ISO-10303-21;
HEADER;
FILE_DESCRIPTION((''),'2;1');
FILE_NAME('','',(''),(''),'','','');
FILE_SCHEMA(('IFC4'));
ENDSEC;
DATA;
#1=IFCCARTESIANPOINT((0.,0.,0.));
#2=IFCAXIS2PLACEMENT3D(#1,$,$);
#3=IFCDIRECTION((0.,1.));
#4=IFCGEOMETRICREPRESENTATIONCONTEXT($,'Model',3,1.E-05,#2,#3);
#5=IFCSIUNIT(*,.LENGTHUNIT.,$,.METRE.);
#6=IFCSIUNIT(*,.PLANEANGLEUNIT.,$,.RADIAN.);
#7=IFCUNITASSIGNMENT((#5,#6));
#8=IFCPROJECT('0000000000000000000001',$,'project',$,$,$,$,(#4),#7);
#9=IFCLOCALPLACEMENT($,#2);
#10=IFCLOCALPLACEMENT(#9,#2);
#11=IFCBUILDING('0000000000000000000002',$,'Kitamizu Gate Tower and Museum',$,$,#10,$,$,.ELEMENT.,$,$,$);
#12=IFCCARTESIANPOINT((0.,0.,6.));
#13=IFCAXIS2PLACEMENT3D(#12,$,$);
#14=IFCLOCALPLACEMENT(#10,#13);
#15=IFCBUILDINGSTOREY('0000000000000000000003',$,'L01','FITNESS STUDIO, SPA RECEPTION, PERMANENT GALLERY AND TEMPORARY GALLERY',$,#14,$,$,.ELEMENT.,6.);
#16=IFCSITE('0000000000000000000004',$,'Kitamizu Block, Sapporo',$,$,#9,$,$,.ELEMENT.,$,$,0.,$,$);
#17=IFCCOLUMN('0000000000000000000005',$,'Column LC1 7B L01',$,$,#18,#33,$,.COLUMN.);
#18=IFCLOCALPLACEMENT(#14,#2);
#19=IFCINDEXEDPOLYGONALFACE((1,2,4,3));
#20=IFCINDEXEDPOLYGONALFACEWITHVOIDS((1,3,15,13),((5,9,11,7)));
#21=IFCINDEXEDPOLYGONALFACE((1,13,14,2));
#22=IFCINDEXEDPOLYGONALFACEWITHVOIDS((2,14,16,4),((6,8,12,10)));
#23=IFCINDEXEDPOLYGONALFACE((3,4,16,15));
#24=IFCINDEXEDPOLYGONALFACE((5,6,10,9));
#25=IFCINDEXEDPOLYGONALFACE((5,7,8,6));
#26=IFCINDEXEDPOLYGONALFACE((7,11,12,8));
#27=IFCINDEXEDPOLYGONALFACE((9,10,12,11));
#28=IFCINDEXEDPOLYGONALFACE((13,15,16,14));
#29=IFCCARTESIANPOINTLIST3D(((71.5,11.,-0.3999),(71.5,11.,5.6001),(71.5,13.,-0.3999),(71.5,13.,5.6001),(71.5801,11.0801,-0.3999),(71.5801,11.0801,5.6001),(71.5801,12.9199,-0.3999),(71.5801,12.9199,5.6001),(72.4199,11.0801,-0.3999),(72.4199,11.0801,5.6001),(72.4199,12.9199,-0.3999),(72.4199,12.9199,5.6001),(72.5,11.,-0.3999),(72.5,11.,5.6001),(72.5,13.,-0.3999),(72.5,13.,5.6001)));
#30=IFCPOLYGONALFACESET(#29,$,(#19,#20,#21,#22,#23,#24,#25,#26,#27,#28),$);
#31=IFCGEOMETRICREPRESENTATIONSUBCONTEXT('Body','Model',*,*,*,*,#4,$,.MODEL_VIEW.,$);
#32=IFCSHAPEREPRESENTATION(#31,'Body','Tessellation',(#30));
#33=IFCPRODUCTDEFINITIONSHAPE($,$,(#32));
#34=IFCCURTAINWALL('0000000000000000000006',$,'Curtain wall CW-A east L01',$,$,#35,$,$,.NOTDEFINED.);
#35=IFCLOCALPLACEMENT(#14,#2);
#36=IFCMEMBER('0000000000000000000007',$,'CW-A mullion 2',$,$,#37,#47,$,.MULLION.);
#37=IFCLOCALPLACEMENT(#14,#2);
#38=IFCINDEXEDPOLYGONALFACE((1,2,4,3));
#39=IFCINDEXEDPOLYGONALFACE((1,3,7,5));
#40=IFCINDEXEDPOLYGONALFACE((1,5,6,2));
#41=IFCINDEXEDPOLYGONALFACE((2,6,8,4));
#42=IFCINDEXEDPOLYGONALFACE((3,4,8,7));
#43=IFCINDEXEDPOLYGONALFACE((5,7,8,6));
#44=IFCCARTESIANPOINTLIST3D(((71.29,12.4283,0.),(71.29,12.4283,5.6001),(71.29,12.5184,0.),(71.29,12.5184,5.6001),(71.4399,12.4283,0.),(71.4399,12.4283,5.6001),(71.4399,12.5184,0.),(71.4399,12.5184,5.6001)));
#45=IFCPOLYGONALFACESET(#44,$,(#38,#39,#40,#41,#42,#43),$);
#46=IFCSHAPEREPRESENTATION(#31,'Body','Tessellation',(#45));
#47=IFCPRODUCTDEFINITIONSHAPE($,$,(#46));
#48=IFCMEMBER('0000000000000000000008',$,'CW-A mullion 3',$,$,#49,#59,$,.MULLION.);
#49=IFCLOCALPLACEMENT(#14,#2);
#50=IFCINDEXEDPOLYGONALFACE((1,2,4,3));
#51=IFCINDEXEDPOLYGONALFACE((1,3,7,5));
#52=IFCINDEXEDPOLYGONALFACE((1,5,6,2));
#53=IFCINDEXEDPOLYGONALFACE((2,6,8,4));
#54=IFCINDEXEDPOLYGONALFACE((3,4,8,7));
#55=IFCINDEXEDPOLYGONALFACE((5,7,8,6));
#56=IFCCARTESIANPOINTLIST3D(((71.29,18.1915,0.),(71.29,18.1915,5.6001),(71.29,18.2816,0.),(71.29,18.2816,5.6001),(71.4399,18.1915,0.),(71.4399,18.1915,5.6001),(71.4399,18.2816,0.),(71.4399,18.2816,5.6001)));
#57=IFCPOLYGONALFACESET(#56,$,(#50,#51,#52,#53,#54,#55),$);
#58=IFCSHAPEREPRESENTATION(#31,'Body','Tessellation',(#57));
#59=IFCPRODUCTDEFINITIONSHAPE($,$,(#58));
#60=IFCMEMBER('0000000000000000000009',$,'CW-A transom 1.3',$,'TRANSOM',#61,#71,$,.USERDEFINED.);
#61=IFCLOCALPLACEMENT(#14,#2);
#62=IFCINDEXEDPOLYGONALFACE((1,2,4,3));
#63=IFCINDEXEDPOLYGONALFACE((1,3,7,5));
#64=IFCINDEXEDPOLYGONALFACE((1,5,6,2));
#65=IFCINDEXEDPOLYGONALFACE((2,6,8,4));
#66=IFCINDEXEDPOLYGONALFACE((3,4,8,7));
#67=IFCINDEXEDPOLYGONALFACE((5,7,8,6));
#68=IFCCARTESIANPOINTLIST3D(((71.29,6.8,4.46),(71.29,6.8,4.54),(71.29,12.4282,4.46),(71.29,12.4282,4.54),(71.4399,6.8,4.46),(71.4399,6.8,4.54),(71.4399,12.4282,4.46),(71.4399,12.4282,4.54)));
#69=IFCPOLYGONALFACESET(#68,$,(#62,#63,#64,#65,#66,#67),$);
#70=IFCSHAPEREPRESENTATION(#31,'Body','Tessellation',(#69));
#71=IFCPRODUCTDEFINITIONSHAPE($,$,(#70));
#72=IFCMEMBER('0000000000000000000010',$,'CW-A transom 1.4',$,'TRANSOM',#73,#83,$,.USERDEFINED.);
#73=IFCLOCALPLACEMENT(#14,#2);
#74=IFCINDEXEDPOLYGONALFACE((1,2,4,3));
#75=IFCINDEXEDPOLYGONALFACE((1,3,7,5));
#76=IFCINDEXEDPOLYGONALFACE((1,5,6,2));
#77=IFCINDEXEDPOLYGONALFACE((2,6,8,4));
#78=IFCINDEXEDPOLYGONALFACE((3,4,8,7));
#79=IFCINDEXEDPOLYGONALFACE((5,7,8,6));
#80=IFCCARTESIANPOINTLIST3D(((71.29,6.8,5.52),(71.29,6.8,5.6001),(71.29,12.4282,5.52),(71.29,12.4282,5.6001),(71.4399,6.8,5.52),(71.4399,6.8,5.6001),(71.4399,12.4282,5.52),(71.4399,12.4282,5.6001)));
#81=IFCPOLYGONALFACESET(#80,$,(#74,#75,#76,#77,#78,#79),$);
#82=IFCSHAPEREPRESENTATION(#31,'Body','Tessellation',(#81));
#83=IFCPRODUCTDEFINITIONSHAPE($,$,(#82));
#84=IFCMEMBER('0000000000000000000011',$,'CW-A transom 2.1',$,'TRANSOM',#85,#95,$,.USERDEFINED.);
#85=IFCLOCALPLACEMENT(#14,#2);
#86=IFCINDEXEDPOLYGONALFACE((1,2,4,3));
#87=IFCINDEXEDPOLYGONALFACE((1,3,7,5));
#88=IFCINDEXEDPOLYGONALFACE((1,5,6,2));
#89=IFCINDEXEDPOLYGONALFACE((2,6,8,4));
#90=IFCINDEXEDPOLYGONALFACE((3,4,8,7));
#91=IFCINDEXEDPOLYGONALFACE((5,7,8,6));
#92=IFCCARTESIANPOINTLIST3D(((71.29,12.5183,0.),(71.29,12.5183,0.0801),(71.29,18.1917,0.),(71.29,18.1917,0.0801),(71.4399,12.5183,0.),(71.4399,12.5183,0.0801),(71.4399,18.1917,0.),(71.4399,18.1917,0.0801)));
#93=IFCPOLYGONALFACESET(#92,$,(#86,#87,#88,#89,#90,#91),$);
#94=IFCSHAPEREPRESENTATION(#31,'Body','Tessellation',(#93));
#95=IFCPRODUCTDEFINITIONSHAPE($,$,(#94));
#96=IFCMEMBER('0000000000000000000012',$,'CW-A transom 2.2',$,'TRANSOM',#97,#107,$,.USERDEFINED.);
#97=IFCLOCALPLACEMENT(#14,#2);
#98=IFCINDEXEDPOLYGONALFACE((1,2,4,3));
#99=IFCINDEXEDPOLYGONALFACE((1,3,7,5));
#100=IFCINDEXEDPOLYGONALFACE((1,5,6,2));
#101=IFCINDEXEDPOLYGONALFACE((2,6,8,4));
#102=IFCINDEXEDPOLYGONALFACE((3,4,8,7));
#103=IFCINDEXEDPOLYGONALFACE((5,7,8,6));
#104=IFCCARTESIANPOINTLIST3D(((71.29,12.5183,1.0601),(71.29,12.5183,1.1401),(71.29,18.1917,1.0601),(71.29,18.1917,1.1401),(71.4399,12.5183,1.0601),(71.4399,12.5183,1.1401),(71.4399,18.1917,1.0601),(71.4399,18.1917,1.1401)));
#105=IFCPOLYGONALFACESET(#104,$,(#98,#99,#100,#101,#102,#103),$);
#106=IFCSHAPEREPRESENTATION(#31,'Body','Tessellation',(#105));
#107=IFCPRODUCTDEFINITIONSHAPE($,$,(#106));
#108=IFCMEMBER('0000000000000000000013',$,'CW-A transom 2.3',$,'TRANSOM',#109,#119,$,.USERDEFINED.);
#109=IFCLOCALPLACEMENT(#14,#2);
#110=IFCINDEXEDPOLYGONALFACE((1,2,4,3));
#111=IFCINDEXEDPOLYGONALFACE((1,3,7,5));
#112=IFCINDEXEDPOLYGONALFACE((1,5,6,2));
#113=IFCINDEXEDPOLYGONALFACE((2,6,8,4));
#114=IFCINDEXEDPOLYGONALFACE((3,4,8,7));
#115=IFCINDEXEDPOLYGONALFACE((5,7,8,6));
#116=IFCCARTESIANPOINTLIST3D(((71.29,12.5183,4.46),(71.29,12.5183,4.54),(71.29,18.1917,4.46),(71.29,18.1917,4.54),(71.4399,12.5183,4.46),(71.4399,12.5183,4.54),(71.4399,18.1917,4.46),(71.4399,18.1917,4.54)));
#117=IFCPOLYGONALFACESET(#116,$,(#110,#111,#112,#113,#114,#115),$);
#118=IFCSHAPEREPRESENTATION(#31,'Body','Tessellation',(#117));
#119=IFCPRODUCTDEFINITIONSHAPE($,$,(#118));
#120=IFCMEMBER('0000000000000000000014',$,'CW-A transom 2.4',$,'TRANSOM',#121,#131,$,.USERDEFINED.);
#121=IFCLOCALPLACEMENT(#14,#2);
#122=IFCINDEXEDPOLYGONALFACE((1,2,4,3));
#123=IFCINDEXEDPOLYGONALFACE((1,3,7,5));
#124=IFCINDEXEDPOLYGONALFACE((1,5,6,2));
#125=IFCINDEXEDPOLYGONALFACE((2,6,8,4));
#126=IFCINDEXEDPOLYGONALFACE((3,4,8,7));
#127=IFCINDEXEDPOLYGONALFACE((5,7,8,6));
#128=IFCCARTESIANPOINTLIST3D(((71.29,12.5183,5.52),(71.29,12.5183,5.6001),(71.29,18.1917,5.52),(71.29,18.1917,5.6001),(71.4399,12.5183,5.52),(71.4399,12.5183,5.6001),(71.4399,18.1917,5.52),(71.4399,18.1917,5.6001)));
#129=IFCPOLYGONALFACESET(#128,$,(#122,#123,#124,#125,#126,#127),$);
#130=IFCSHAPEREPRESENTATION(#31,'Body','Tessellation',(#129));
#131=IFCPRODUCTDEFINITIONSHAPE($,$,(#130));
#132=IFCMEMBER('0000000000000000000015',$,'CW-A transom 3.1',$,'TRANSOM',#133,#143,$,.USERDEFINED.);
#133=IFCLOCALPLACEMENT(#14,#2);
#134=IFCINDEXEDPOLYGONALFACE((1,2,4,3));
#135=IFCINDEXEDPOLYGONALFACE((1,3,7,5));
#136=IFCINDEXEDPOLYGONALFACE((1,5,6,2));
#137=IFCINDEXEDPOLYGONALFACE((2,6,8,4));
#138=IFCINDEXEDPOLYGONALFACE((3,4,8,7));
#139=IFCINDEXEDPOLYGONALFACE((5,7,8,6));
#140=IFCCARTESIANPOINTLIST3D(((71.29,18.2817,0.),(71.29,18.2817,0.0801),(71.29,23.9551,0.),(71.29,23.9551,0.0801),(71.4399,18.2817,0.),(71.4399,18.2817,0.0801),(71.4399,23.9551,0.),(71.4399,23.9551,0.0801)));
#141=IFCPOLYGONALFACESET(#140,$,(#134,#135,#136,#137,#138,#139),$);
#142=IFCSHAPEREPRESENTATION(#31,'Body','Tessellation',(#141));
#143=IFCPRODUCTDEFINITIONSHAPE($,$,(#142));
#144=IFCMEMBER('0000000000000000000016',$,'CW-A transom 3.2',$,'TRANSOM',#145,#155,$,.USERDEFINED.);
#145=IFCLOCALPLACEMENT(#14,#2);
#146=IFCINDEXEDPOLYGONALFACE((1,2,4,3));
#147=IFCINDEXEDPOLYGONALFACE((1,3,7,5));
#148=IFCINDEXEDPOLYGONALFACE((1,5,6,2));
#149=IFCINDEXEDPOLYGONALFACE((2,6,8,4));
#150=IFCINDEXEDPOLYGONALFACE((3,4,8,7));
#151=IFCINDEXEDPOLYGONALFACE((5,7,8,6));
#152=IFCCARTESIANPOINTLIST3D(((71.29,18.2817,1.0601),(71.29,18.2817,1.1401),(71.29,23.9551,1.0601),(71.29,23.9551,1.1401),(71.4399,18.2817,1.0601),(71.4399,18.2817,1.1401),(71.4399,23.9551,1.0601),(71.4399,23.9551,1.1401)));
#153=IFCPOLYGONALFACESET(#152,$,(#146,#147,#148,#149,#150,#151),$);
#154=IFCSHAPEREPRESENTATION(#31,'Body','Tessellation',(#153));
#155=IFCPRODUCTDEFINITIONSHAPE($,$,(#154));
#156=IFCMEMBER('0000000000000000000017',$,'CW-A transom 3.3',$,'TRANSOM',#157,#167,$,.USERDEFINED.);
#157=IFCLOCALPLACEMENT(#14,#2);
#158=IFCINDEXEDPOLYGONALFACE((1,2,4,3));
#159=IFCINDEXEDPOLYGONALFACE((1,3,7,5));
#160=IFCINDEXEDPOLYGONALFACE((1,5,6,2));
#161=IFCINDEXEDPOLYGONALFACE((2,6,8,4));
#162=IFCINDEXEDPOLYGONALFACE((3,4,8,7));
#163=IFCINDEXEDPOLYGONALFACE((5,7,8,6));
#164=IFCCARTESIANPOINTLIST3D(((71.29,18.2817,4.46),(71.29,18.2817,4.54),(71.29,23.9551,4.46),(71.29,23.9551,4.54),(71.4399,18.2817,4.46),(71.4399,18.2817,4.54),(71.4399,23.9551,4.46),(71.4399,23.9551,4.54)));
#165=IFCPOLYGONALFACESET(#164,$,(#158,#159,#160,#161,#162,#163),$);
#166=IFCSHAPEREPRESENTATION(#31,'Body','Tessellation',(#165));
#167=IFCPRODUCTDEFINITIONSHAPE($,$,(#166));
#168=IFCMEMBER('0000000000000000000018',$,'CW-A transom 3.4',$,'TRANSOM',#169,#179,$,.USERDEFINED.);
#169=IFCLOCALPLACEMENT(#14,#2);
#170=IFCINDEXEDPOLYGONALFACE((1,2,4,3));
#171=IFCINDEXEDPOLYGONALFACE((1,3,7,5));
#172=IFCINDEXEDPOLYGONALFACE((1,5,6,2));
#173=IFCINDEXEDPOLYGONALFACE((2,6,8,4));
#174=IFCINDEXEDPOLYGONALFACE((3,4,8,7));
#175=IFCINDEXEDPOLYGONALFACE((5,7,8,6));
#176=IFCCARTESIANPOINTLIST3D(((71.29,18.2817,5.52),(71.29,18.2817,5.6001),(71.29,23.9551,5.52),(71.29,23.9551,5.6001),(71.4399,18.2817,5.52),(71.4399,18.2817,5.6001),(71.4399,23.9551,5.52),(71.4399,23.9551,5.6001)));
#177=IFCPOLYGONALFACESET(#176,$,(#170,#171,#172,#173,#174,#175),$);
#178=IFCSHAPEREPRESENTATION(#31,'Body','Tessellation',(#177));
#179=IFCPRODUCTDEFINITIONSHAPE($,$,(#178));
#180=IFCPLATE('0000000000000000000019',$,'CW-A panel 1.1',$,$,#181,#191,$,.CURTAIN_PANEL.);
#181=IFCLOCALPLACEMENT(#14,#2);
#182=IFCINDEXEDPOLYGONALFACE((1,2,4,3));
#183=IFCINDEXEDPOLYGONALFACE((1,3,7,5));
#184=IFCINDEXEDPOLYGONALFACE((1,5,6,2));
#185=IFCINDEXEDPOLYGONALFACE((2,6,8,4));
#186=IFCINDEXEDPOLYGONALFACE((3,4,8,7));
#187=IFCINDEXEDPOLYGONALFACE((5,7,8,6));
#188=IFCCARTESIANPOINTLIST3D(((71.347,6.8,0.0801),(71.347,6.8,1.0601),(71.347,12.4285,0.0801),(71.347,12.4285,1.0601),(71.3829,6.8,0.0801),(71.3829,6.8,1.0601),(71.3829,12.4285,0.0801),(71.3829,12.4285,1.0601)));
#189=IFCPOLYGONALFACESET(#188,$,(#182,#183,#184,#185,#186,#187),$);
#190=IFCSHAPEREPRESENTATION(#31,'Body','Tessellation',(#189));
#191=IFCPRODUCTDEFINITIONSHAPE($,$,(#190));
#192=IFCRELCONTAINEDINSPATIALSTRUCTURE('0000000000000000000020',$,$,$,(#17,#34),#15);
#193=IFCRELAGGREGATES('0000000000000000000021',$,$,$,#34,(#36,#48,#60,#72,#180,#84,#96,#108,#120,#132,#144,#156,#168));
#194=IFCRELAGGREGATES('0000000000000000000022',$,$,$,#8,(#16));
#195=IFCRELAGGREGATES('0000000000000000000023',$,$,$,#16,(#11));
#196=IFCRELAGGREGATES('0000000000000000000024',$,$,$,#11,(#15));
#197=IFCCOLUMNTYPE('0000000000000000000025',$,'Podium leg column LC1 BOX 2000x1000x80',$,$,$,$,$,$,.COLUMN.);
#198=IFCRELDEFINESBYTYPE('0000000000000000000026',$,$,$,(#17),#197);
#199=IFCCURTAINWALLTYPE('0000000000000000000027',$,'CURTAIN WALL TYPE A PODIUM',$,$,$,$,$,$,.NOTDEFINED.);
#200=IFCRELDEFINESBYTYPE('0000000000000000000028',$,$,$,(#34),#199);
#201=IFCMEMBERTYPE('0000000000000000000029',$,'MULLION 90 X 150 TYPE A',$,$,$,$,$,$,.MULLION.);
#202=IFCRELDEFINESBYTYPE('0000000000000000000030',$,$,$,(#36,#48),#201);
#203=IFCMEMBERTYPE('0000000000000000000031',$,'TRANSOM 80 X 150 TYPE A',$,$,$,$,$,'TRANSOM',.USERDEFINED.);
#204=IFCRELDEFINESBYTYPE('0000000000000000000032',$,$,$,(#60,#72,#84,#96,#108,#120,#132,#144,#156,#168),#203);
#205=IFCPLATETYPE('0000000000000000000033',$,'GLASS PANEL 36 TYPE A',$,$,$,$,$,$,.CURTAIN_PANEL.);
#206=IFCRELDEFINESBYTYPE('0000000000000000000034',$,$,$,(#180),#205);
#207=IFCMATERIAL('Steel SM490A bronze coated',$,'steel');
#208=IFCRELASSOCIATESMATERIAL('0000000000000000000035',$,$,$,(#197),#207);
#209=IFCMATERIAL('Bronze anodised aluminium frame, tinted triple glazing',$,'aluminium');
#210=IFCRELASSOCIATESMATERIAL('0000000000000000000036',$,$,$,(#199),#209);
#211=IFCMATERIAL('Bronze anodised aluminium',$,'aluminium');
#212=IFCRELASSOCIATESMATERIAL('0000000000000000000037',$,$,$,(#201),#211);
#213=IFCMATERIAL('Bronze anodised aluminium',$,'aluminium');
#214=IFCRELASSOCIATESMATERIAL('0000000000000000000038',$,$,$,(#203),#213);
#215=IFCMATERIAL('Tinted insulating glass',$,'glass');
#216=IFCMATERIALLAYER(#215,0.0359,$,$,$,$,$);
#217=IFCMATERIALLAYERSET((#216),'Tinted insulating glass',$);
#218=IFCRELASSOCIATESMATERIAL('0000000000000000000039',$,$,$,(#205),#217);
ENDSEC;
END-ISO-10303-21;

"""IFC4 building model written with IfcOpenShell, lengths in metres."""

from ifc_helpers import new_model, si_unit, direction, frame, origin, origin_2d, place, context, subcontext, project, spatial, rectangle, hollow_rectangle, extrude, material, layer, layer_set, material_profile, profile_set, type_object, element, aggregate, save


model = new_model("IFC4")

# Units and contexts
model_context = context("Model", 3, precision=1e-05, world=origin(), true_north=direction((0.0, 1.0)))
body_context = subcontext(model_context, "Body", "Model", "MODEL_VIEW")
ifc_project = project(units=[si_unit("LENGTHUNIT", "METRE"), si_unit("PLANEANGLEUNIT", "RADIAN")], contexts=[model_context])

# Site, building, storey
site_placement = place(None, origin())
site = spatial("IfcSite", under=ifc_project, at=site_placement, Name="Kitamizu Block, Sapporo", CompositionType="ELEMENT", RefElevation=0.0)
building_placement = place(site_placement, origin())
building = spatial("IfcBuilding", under=site, at=building_placement, Name="Kitamizu Gate Tower and Museum", CompositionType="ELEMENT")
storey_placement = place(building_placement, frame((0.0, 0.0, 6.0)))
storey = spatial("IfcBuildingStorey", under=building, at=storey_placement, Name="L01", Description="FITNESS STUDIO, SPA RECEPTION, PERMANENT GALLERY AND TEMPORARY GALLERY", CompositionType="ELEMENT", Elevation=6.0)

# Column
ifc_material_1 = material(Name="Steel SM490A bronze coated", Category="steel")
ifc_material_profile_1 = material_profile(ifc_material_1, hollow_rectangle(XDim=2.0, YDim=1.0, WallThickness=0.0801, at=origin_2d()), Name="BOX 2000x1000x80")
ifc_profile_set_1 = profile_set([ifc_material_profile_1], Name="Steel SM490A bronze coated")
column_type = type_object("IfcColumnType", Name="Podium leg column LC1 BOX 2000x1000x80", PredefinedType="COLUMN", material=ifc_profile_set_1)
column_placement = place(storey_placement, frame((72.0, 12.0, -0.3999), z_axis=(0.0, 0.0, 1.0), x_axis=(0.0, 1.0, 0.0)))
element("IfcColumn", 1, at=column_placement, inside=storey, type_object=column_type, Name="Column LC1 7B L01", PredefinedType="COLUMN", context=body_context, shape_type="SweptSolid", body=[
    extrude(hollow_rectangle(XDim=2.0, YDim=1.0, WallThickness=0.0801, at=origin_2d()), origin(), (0.0, 0.0, 1.0), 6.0),
])

# Curtain wall, members, plate
ifc_material_2 = material(Name="Bronze anodised aluminium frame, tinted triple glazing", Category="aluminium")
curtain_wall_type = type_object("IfcCurtainWallType", Name="CURTAIN WALL TYPE A PODIUM", PredefinedType="NOTDEFINED", material=ifc_material_2)
curtain_wall_placement = place(storey_placement, origin())
curtain_wall = element("IfcCurtainWall", 2, at=curtain_wall_placement, inside=storey, type_object=curtain_wall_type, Name="Curtain wall CW-A east L01", PredefinedType="NOTDEFINED")
ifc_material_3 = material(Name="Bronze anodised aluminium", Category="aluminium")
ifc_material_profile_2 = material_profile(ifc_material_3, rectangle(XDim=0.0901, YDim=0.1499, at=origin_2d()), Name="AL 90X150")
ifc_profile_set_2 = profile_set([ifc_material_profile_2], Name="Bronze anodised aluminium")
member_type_1 = type_object("IfcMemberType", Name="MULLION 90 X 150 TYPE A", PredefinedType="MULLION", material=ifc_profile_set_2)
member_1_placement = place(storey_placement, frame((71.365, 12.4734, 0.0), z_axis=(0.0, 0.0, 1.0), x_axis=(0.0, 1.0, 0.0)))
member_1 = element("IfcMember", 3, at=member_1_placement, type_object=member_type_1, Name="CW-A mullion 2", PredefinedType="MULLION", context=body_context, shape_type="SweptSolid", body=[
    extrude(rectangle(XDim=0.0901, YDim=0.1499, at=origin_2d()), origin(), (0.0, 0.0, 1.0), 5.6001),
])
member_2_placement = place(storey_placement, frame((71.365, 18.2366, 0.0), z_axis=(0.0, 0.0, 1.0), x_axis=(0.0, 1.0, 0.0)))
member_2 = element("IfcMember", 4, at=member_2_placement, type_object=member_type_1, Name="CW-A mullion 3", PredefinedType="MULLION", context=body_context, shape_type="SweptSolid", body=[
    extrude(rectangle(XDim=0.0901, YDim=0.1499, at=origin_2d()), origin(), (0.0, 0.0, 1.0), 5.6001),
])
ifc_material_4 = material(Name="Bronze anodised aluminium", Category="aluminium")
ifc_material_profile_3 = material_profile(ifc_material_4, rectangle(XDim=0.1499, YDim=0.0801, at=origin_2d()), Name="AL 80X150")
ifc_profile_set_3 = profile_set([ifc_material_profile_3], Name="Bronze anodised aluminium")
member_type_2 = type_object("IfcMemberType", Name="TRANSOM 80 X 150 TYPE A", ElementType="TRANSOM", PredefinedType="USERDEFINED", material=ifc_profile_set_3)
member_3_placement = place(storey_placement, frame((71.365, 6.8, 4.5), z_axis=(0.0, 1.0, 0.0), x_axis=(-1.0, 0.0, 0.0)))
member_3 = element("IfcMember", 5, at=member_3_placement, type_object=member_type_2, Name="CW-A transom 1.3", ObjectType="TRANSOM", PredefinedType="USERDEFINED", context=body_context, shape_type="SweptSolid", body=[
    extrude(rectangle(XDim=0.1499, YDim=0.0801, at=origin_2d()), origin(), (0.0, 0.0, 1.0), 5.6282),
])
member_4_placement = place(storey_placement, frame((71.365, 6.8, 5.5601), z_axis=(0.0, 1.0, 0.0), x_axis=(-1.0, 0.0, 0.0)))
member_4 = element("IfcMember", 6, at=member_4_placement, type_object=member_type_2, Name="CW-A transom 1.4", ObjectType="TRANSOM", PredefinedType="USERDEFINED", context=body_context, shape_type="SweptSolid", body=[
    extrude(rectangle(XDim=0.1499, YDim=0.0801, at=origin_2d()), origin(), (0.0, 0.0, 1.0), 5.6282),
])
member_5_placement = place(storey_placement, frame((71.365, 12.5183, 0.04), z_axis=(0.0, 1.0, 0.0), x_axis=(-1.0, 0.0, 0.0)))
member_5 = element("IfcMember", 7, at=member_5_placement, type_object=member_type_2, Name="CW-A transom 2.1", ObjectType="TRANSOM", PredefinedType="USERDEFINED", context=body_context, shape_type="SweptSolid", body=[
    extrude(rectangle(XDim=0.1499, YDim=0.0801, at=origin_2d()), origin(), (0.0, 0.0, 1.0), 5.6733),
])
member_6_placement = place(storey_placement, frame((71.365, 12.5183, 1.1001), z_axis=(0.0, 1.0, 0.0), x_axis=(-1.0, 0.0, 0.0)))
member_6 = element("IfcMember", 8, at=member_6_placement, type_object=member_type_2, Name="CW-A transom 2.2", ObjectType="TRANSOM", PredefinedType="USERDEFINED", context=body_context, shape_type="SweptSolid", body=[
    extrude(rectangle(XDim=0.1499, YDim=0.0801, at=origin_2d()), origin(), (0.0, 0.0, 1.0), 5.6733),
])
member_7_placement = place(storey_placement, frame((71.365, 12.5183, 4.5), z_axis=(0.0, 1.0, 0.0), x_axis=(-1.0, 0.0, 0.0)))
member_7 = element("IfcMember", 9, at=member_7_placement, type_object=member_type_2, Name="CW-A transom 2.3", ObjectType="TRANSOM", PredefinedType="USERDEFINED", context=body_context, shape_type="SweptSolid", body=[
    extrude(rectangle(XDim=0.1499, YDim=0.0801, at=origin_2d()), origin(), (0.0, 0.0, 1.0), 5.6733),
])
member_8_placement = place(storey_placement, frame((71.365, 12.5183, 5.5601), z_axis=(0.0, 1.0, 0.0), x_axis=(-1.0, 0.0, 0.0)))
member_8 = element("IfcMember", 10, at=member_8_placement, type_object=member_type_2, Name="CW-A transom 2.4", ObjectType="TRANSOM", PredefinedType="USERDEFINED", context=body_context, shape_type="SweptSolid", body=[
    extrude(rectangle(XDim=0.1499, YDim=0.0801, at=origin_2d()), origin(), (0.0, 0.0, 1.0), 5.6733),
])
member_9_placement = place(storey_placement, frame((71.365, 18.2817, 0.04), z_axis=(0.0, 1.0, 0.0), x_axis=(-1.0, 0.0, 0.0)))
member_9 = element("IfcMember", 11, at=member_9_placement, type_object=member_type_2, Name="CW-A transom 3.1", ObjectType="TRANSOM", PredefinedType="USERDEFINED", context=body_context, shape_type="SweptSolid", body=[
    extrude(rectangle(XDim=0.1499, YDim=0.0801, at=origin_2d()), origin(), (0.0, 0.0, 1.0), 5.6733),
])
member_10_placement = place(storey_placement, frame((71.365, 18.2817, 1.1001), z_axis=(0.0, 1.0, 0.0), x_axis=(-1.0, 0.0, 0.0)))
member_10 = element("IfcMember", 12, at=member_10_placement, type_object=member_type_2, Name="CW-A transom 3.2", ObjectType="TRANSOM", PredefinedType="USERDEFINED", context=body_context, shape_type="SweptSolid", body=[
    extrude(rectangle(XDim=0.1499, YDim=0.0801, at=origin_2d()), origin(), (0.0, 0.0, 1.0), 5.6733),
])
member_11_placement = place(storey_placement, frame((71.365, 18.2817, 4.5), z_axis=(0.0, 1.0, 0.0), x_axis=(-1.0, 0.0, 0.0)))
member_11 = element("IfcMember", 13, at=member_11_placement, type_object=member_type_2, Name="CW-A transom 3.3", ObjectType="TRANSOM", PredefinedType="USERDEFINED", context=body_context, shape_type="SweptSolid", body=[
    extrude(rectangle(XDim=0.1499, YDim=0.0801, at=origin_2d()), origin(), (0.0, 0.0, 1.0), 5.6733),
])
member_12_placement = place(storey_placement, frame((71.365, 18.2817, 5.5601), z_axis=(0.0, 1.0, 0.0), x_axis=(-1.0, 0.0, 0.0)))
member_12 = element("IfcMember", 14, at=member_12_placement, type_object=member_type_2, Name="CW-A transom 3.4", ObjectType="TRANSOM", PredefinedType="USERDEFINED", context=body_context, shape_type="SweptSolid", body=[
    extrude(rectangle(XDim=0.1499, YDim=0.0801, at=origin_2d()), origin(), (0.0, 0.0, 1.0), 5.6733),
])
ifc_material_5 = material(Name="Tinted insulating glass", Category="glass")
ifc_layer = layer(ifc_material_5, 0.0359)
ifc_layer_set = layer_set([ifc_layer], Name="Tinted insulating glass")
plate_type = type_object("IfcPlateType", Name="GLASS PANEL 36 TYPE A", PredefinedType="CURTAIN_PANEL", material=ifc_layer_set)
plate_1_placement = place(storey_placement, frame((71.365, 9.6143, 0.0801), z_axis=(0.0, 0.0, 1.0), x_axis=(0.0, 1.0, 0.0)))
plate_1 = element("IfcPlate", 15, at=plate_1_placement, type_object=plate_type, Name="CW-A panel 1.1", PredefinedType="CURTAIN_PANEL", context=body_context, shape_type="SweptSolid", body=[
    extrude(rectangle(XDim=5.6284, YDim=0.0359, at=origin_2d()), origin(), (0.0, 0.0, 1.0), 0.98),
])
aggregate(curtain_wall, [member_1, member_2, member_3, member_4, plate_1, member_5, member_6, member_7, member_8, member_9, member_10, member_11, member_12])

save(model, "model.ifc")
